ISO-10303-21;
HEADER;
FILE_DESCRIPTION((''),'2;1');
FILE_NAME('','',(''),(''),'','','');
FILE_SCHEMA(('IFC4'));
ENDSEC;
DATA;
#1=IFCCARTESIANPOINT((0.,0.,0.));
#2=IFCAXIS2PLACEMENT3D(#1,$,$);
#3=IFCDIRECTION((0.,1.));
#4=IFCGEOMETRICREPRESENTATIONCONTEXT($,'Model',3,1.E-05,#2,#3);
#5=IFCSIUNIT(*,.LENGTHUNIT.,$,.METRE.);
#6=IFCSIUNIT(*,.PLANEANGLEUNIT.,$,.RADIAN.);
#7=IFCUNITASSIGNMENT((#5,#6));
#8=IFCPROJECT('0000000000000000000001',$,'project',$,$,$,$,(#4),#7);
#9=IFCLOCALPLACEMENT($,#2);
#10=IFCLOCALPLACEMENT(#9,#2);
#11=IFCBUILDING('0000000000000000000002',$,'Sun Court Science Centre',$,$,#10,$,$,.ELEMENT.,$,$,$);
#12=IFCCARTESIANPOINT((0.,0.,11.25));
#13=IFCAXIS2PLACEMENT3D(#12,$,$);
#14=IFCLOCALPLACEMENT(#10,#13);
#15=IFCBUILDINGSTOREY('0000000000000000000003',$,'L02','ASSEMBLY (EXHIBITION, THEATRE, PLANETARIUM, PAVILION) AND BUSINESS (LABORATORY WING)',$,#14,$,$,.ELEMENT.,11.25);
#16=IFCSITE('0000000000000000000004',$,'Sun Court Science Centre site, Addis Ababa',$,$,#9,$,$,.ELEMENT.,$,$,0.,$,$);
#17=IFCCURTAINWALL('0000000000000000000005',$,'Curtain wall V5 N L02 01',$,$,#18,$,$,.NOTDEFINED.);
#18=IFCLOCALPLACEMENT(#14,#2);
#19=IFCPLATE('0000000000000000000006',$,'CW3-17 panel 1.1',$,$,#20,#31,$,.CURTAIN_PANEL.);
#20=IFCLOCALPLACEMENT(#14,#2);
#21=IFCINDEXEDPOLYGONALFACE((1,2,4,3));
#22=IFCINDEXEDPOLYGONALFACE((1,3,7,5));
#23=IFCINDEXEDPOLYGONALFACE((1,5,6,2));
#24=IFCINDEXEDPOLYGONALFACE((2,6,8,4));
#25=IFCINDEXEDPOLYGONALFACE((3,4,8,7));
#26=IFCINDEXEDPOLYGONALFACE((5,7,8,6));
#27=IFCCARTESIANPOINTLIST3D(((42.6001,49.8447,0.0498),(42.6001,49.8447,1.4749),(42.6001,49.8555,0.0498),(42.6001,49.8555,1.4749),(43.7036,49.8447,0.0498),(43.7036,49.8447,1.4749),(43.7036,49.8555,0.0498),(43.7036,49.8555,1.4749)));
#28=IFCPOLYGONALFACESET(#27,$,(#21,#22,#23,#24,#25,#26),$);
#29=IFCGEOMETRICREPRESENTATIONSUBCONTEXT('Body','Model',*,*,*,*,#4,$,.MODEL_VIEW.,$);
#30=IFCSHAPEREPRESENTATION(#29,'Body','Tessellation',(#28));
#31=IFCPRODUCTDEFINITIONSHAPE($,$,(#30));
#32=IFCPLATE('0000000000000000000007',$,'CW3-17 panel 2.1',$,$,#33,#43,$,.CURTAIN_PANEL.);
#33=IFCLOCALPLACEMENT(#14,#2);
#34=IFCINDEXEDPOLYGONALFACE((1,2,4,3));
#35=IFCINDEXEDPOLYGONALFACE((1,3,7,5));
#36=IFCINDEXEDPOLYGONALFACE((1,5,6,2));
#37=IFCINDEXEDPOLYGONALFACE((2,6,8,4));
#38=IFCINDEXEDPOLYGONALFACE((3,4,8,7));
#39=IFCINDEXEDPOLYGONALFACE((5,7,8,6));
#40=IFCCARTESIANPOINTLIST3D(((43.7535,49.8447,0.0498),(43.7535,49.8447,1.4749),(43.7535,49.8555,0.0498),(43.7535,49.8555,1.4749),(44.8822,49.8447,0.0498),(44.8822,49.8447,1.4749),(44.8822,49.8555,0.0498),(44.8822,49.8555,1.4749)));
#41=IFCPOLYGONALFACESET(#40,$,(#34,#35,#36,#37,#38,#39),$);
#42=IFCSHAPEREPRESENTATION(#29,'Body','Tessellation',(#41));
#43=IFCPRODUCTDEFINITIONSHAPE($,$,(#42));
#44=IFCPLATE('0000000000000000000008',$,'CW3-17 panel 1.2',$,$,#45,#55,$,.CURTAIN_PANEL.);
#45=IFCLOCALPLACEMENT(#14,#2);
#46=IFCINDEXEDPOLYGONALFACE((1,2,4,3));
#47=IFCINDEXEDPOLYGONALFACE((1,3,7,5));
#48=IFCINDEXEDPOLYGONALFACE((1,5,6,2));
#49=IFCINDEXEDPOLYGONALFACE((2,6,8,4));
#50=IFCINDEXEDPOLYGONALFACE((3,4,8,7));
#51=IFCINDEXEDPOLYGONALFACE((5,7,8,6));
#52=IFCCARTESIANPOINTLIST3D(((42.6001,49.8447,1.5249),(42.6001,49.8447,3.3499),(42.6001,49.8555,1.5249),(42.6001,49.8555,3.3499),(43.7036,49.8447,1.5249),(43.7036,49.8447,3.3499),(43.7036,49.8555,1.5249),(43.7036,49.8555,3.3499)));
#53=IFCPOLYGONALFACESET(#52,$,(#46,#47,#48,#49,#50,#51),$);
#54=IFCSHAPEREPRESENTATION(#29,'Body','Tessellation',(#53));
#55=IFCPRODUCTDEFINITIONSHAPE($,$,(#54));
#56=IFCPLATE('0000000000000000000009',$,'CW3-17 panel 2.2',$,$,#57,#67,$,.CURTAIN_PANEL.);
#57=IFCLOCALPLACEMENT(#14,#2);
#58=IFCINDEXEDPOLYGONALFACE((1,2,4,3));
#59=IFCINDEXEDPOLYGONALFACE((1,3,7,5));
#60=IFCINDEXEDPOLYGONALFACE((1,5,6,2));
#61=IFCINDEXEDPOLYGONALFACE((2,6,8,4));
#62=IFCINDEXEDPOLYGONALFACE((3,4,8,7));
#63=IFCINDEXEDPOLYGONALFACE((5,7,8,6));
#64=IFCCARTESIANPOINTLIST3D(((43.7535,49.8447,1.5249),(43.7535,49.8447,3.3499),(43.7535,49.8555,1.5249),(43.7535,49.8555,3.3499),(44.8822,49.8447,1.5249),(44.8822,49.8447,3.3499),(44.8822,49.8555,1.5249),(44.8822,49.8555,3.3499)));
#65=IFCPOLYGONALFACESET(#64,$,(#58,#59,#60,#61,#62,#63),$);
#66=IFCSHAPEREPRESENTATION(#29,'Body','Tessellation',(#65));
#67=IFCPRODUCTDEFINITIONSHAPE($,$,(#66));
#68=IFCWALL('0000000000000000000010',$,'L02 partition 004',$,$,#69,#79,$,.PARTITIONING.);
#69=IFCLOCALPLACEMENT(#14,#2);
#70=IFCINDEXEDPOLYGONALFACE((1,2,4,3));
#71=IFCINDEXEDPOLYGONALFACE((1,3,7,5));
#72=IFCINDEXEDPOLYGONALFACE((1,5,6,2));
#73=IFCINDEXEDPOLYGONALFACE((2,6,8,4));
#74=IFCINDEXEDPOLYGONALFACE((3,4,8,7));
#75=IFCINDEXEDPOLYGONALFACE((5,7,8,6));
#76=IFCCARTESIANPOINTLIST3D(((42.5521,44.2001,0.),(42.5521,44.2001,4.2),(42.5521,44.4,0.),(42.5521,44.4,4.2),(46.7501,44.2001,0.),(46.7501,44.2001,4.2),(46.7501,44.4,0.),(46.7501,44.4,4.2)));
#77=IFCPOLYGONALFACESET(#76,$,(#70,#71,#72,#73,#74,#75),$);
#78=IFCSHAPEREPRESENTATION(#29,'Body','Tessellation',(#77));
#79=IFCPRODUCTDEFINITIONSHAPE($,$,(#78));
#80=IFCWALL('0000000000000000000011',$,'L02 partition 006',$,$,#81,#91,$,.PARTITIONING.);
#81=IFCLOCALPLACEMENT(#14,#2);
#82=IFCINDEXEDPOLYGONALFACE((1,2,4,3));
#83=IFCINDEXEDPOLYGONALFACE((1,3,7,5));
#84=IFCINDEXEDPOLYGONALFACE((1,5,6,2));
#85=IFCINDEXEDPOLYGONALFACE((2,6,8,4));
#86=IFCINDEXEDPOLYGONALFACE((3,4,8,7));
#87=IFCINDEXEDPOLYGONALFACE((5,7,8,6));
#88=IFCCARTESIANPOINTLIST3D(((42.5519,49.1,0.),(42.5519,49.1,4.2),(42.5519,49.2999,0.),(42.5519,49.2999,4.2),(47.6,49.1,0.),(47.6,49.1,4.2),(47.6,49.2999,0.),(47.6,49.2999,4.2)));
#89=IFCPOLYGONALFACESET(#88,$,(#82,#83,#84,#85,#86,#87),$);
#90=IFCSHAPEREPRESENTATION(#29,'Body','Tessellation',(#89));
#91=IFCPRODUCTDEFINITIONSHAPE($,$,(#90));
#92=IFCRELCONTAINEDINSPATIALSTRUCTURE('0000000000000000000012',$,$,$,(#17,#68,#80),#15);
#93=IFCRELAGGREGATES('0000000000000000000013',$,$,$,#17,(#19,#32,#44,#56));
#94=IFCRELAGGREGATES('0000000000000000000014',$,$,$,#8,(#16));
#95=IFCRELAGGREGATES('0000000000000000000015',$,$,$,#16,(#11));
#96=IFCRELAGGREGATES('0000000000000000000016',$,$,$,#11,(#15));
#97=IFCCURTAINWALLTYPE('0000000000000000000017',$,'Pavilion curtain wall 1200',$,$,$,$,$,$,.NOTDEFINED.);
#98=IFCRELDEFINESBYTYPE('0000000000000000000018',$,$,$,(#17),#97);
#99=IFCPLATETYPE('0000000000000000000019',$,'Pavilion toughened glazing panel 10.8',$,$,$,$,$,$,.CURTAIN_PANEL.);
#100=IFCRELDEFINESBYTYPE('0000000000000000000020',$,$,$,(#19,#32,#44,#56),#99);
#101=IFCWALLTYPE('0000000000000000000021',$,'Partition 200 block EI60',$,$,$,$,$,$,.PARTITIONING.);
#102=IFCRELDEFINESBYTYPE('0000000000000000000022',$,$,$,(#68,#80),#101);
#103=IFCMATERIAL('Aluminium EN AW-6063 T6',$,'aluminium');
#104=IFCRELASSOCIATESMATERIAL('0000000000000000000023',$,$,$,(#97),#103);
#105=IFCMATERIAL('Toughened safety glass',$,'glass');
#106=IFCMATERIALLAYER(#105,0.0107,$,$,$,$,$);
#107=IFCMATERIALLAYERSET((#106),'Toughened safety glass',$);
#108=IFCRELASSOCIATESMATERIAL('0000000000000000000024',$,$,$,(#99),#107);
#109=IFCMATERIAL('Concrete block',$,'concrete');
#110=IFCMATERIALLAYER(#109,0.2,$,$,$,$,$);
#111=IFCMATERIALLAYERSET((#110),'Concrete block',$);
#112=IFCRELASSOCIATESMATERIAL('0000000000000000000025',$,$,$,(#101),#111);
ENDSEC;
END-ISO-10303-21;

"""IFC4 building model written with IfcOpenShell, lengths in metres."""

from ifc_helpers import new_model, si_unit, direction, frame, frame_2d, origin, origin_2d, place, context, subcontext, project, spatial, rectangle, extrude, material, layer, layer_set, type_object, element, aggregate, save


model = new_model("IFC4")

# Units and contexts
model_context = context("Model", 3, precision=1e-05, world=origin(), true_north=direction((0.0, 1.0)))
body_context = subcontext(model_context, "Body", "Model", "MODEL_VIEW")
ifc_project = project(units=[si_unit("LENGTHUNIT", "METRE"), si_unit("PLANEANGLEUNIT", "RADIAN")], contexts=[model_context])

# Site, building, storey
site_placement = place(None, origin())
site = spatial("IfcSite", under=ifc_project, at=site_placement, Name="Sun Court Science Centre site, Addis Ababa", CompositionType="ELEMENT", RefElevation=0.0)
building_placement = place(site_placement, origin())
building = spatial("IfcBuilding", under=site, at=building_placement, Name="Sun Court Science Centre", CompositionType="ELEMENT")
storey_placement = place(building_placement, frame((0.0, 0.0, 11.25)))
storey = spatial("IfcBuildingStorey", under=building, at=storey_placement, Name="L02", Description="ASSEMBLY (EXHIBITION, THEATRE, PLANETARIUM, PAVILION) AND BUSINESS (LABORATORY WING)", CompositionType="ELEMENT", Elevation=11.25)

# Curtain wall
ifc_material_1 = material(Name="Aluminium EN AW-6063 T6", Category="aluminium")
curtain_wall_type = type_object("IfcCurtainWallType", Name="Pavilion curtain wall 1200", PredefinedType="NOTDEFINED", material=ifc_material_1)
curtain_wall_1_placement = place(storey_placement, origin())
curtain_wall_1 = element("IfcCurtainWall", 1, at=curtain_wall_1_placement, inside=storey, type_object=curtain_wall_type, Name="Curtain wall V5 N L02 01", PredefinedType="NOTDEFINED")

# Plates
ifc_material_2 = material(Name="Toughened safety glass", Category="glass")
ifc_layer_1 = layer(ifc_material_2, 0.0107)
ifc_layer_set_1 = layer_set([ifc_layer_1], Name="Toughened safety glass")
plate_type = type_object("IfcPlateType", Name="Pavilion toughened glazing panel 10.8", PredefinedType="CURTAIN_PANEL", material=ifc_layer_set_1)
plate_1_placement = place(storey_placement, frame((43.1519, 49.8501, 0.0498), z_axis=(0.0, 0.0, 1.0), x_axis=(1.0, 0.0, 0.0)))
plate_1 = element("IfcPlate", 2, at=plate_1_placement, type_object=plate_type, Name="CW3-17 panel 1.1", PredefinedType="CURTAIN_PANEL", context=body_context, shape_type="SweptSolid", body=[
    extrude(rectangle(XDim=1.1035, YDim=0.0107, at=origin_2d()), origin(), (0.0, 0.0, 1.0), 1.425),
])
plate_2_placement = place(storey_placement, frame((44.3179, 49.8501, 0.0498), z_axis=(0.0, 0.0, 1.0), x_axis=(1.0, 0.0, 0.0)))
plate_2 = element("IfcPlate", 3, at=plate_2_placement, type_object=plate_type, Name="CW3-17 panel 2.1", PredefinedType="CURTAIN_PANEL", context=body_context, shape_type="SweptSolid", body=[
    extrude(rectangle(XDim=1.1287, YDim=0.0107, at=origin_2d()), origin(), (0.0, 0.0, 1.0), 1.425),
])
plate_3_placement = place(storey_placement, frame((43.1519, 49.8501, 1.5249), z_axis=(0.0, 0.0, 1.0), x_axis=(1.0, 0.0, 0.0)))
plate_3 = element("IfcPlate", 4, at=plate_3_placement, type_object=plate_type, Name="CW3-17 panel 1.2", PredefinedType="CURTAIN_PANEL", context=body_context, shape_type="SweptSolid", body=[
    extrude(rectangle(XDim=1.1035, YDim=0.0107, at=origin_2d()), origin(), (0.0, 0.0, 1.0), 1.825),
])
plate_4_placement = place(storey_placement, frame((44.3179, 49.8501, 1.5249), z_axis=(0.0, 0.0, 1.0), x_axis=(1.0, 0.0, 0.0)))
plate_4 = element("IfcPlate", 5, at=plate_4_placement, type_object=plate_type, Name="CW3-17 panel 2.2", PredefinedType="CURTAIN_PANEL", context=body_context, shape_type="SweptSolid", body=[
    extrude(rectangle(XDim=1.1287, YDim=0.0107, at=origin_2d()), origin(), (0.0, 0.0, 1.0), 1.825),
])
aggregate(curtain_wall_1, [plate_1, plate_2, plate_3, plate_4])

# Walls
ifc_material_3 = material(Name="Concrete block", Category="concrete")
ifc_layer_2 = layer(ifc_material_3, 0.2)
ifc_layer_set_2 = layer_set([ifc_layer_2], Name="Concrete block")
wall_type = type_object("IfcWallType", Name="Partition 200 block EI60", PredefinedType="PARTITIONING", material=ifc_layer_set_2)
wall_1_placement = place(storey_placement, frame((42.552, 44.3, 0.0), z_axis=(0.0, 0.0, 1.0), x_axis=(1.0, 0.0, 0.0)))
element("IfcWall", 6, at=wall_1_placement, inside=storey, type_object=wall_type, Name="L02 partition 004", PredefinedType="PARTITIONING", context=body_context, shape_type="SweptSolid", body=[
    extrude(rectangle(XDim=4.198, YDim=0.2, at=frame_2d((2.0991, 0.0))), origin(), (0.0, 0.0, 1.0), 4.2),
])
wall_2_placement = place(storey_placement, frame((42.552, 49.2, 0.0), z_axis=(0.0, 0.0, 1.0), x_axis=(1.0, 0.0, 0.0)))
element("IfcWall", 7, at=wall_2_placement, inside=storey, type_object=wall_type, Name="L02 partition 006", PredefinedType="PARTITIONING", context=body_context, shape_type="SweptSolid", body=[
    extrude(rectangle(XDim=5.0481, YDim=0.2, at=frame_2d((2.5239, 0.0))), origin(), (0.0, 0.0, 1.0), 4.2),
])

save(model, "model.ifc")
